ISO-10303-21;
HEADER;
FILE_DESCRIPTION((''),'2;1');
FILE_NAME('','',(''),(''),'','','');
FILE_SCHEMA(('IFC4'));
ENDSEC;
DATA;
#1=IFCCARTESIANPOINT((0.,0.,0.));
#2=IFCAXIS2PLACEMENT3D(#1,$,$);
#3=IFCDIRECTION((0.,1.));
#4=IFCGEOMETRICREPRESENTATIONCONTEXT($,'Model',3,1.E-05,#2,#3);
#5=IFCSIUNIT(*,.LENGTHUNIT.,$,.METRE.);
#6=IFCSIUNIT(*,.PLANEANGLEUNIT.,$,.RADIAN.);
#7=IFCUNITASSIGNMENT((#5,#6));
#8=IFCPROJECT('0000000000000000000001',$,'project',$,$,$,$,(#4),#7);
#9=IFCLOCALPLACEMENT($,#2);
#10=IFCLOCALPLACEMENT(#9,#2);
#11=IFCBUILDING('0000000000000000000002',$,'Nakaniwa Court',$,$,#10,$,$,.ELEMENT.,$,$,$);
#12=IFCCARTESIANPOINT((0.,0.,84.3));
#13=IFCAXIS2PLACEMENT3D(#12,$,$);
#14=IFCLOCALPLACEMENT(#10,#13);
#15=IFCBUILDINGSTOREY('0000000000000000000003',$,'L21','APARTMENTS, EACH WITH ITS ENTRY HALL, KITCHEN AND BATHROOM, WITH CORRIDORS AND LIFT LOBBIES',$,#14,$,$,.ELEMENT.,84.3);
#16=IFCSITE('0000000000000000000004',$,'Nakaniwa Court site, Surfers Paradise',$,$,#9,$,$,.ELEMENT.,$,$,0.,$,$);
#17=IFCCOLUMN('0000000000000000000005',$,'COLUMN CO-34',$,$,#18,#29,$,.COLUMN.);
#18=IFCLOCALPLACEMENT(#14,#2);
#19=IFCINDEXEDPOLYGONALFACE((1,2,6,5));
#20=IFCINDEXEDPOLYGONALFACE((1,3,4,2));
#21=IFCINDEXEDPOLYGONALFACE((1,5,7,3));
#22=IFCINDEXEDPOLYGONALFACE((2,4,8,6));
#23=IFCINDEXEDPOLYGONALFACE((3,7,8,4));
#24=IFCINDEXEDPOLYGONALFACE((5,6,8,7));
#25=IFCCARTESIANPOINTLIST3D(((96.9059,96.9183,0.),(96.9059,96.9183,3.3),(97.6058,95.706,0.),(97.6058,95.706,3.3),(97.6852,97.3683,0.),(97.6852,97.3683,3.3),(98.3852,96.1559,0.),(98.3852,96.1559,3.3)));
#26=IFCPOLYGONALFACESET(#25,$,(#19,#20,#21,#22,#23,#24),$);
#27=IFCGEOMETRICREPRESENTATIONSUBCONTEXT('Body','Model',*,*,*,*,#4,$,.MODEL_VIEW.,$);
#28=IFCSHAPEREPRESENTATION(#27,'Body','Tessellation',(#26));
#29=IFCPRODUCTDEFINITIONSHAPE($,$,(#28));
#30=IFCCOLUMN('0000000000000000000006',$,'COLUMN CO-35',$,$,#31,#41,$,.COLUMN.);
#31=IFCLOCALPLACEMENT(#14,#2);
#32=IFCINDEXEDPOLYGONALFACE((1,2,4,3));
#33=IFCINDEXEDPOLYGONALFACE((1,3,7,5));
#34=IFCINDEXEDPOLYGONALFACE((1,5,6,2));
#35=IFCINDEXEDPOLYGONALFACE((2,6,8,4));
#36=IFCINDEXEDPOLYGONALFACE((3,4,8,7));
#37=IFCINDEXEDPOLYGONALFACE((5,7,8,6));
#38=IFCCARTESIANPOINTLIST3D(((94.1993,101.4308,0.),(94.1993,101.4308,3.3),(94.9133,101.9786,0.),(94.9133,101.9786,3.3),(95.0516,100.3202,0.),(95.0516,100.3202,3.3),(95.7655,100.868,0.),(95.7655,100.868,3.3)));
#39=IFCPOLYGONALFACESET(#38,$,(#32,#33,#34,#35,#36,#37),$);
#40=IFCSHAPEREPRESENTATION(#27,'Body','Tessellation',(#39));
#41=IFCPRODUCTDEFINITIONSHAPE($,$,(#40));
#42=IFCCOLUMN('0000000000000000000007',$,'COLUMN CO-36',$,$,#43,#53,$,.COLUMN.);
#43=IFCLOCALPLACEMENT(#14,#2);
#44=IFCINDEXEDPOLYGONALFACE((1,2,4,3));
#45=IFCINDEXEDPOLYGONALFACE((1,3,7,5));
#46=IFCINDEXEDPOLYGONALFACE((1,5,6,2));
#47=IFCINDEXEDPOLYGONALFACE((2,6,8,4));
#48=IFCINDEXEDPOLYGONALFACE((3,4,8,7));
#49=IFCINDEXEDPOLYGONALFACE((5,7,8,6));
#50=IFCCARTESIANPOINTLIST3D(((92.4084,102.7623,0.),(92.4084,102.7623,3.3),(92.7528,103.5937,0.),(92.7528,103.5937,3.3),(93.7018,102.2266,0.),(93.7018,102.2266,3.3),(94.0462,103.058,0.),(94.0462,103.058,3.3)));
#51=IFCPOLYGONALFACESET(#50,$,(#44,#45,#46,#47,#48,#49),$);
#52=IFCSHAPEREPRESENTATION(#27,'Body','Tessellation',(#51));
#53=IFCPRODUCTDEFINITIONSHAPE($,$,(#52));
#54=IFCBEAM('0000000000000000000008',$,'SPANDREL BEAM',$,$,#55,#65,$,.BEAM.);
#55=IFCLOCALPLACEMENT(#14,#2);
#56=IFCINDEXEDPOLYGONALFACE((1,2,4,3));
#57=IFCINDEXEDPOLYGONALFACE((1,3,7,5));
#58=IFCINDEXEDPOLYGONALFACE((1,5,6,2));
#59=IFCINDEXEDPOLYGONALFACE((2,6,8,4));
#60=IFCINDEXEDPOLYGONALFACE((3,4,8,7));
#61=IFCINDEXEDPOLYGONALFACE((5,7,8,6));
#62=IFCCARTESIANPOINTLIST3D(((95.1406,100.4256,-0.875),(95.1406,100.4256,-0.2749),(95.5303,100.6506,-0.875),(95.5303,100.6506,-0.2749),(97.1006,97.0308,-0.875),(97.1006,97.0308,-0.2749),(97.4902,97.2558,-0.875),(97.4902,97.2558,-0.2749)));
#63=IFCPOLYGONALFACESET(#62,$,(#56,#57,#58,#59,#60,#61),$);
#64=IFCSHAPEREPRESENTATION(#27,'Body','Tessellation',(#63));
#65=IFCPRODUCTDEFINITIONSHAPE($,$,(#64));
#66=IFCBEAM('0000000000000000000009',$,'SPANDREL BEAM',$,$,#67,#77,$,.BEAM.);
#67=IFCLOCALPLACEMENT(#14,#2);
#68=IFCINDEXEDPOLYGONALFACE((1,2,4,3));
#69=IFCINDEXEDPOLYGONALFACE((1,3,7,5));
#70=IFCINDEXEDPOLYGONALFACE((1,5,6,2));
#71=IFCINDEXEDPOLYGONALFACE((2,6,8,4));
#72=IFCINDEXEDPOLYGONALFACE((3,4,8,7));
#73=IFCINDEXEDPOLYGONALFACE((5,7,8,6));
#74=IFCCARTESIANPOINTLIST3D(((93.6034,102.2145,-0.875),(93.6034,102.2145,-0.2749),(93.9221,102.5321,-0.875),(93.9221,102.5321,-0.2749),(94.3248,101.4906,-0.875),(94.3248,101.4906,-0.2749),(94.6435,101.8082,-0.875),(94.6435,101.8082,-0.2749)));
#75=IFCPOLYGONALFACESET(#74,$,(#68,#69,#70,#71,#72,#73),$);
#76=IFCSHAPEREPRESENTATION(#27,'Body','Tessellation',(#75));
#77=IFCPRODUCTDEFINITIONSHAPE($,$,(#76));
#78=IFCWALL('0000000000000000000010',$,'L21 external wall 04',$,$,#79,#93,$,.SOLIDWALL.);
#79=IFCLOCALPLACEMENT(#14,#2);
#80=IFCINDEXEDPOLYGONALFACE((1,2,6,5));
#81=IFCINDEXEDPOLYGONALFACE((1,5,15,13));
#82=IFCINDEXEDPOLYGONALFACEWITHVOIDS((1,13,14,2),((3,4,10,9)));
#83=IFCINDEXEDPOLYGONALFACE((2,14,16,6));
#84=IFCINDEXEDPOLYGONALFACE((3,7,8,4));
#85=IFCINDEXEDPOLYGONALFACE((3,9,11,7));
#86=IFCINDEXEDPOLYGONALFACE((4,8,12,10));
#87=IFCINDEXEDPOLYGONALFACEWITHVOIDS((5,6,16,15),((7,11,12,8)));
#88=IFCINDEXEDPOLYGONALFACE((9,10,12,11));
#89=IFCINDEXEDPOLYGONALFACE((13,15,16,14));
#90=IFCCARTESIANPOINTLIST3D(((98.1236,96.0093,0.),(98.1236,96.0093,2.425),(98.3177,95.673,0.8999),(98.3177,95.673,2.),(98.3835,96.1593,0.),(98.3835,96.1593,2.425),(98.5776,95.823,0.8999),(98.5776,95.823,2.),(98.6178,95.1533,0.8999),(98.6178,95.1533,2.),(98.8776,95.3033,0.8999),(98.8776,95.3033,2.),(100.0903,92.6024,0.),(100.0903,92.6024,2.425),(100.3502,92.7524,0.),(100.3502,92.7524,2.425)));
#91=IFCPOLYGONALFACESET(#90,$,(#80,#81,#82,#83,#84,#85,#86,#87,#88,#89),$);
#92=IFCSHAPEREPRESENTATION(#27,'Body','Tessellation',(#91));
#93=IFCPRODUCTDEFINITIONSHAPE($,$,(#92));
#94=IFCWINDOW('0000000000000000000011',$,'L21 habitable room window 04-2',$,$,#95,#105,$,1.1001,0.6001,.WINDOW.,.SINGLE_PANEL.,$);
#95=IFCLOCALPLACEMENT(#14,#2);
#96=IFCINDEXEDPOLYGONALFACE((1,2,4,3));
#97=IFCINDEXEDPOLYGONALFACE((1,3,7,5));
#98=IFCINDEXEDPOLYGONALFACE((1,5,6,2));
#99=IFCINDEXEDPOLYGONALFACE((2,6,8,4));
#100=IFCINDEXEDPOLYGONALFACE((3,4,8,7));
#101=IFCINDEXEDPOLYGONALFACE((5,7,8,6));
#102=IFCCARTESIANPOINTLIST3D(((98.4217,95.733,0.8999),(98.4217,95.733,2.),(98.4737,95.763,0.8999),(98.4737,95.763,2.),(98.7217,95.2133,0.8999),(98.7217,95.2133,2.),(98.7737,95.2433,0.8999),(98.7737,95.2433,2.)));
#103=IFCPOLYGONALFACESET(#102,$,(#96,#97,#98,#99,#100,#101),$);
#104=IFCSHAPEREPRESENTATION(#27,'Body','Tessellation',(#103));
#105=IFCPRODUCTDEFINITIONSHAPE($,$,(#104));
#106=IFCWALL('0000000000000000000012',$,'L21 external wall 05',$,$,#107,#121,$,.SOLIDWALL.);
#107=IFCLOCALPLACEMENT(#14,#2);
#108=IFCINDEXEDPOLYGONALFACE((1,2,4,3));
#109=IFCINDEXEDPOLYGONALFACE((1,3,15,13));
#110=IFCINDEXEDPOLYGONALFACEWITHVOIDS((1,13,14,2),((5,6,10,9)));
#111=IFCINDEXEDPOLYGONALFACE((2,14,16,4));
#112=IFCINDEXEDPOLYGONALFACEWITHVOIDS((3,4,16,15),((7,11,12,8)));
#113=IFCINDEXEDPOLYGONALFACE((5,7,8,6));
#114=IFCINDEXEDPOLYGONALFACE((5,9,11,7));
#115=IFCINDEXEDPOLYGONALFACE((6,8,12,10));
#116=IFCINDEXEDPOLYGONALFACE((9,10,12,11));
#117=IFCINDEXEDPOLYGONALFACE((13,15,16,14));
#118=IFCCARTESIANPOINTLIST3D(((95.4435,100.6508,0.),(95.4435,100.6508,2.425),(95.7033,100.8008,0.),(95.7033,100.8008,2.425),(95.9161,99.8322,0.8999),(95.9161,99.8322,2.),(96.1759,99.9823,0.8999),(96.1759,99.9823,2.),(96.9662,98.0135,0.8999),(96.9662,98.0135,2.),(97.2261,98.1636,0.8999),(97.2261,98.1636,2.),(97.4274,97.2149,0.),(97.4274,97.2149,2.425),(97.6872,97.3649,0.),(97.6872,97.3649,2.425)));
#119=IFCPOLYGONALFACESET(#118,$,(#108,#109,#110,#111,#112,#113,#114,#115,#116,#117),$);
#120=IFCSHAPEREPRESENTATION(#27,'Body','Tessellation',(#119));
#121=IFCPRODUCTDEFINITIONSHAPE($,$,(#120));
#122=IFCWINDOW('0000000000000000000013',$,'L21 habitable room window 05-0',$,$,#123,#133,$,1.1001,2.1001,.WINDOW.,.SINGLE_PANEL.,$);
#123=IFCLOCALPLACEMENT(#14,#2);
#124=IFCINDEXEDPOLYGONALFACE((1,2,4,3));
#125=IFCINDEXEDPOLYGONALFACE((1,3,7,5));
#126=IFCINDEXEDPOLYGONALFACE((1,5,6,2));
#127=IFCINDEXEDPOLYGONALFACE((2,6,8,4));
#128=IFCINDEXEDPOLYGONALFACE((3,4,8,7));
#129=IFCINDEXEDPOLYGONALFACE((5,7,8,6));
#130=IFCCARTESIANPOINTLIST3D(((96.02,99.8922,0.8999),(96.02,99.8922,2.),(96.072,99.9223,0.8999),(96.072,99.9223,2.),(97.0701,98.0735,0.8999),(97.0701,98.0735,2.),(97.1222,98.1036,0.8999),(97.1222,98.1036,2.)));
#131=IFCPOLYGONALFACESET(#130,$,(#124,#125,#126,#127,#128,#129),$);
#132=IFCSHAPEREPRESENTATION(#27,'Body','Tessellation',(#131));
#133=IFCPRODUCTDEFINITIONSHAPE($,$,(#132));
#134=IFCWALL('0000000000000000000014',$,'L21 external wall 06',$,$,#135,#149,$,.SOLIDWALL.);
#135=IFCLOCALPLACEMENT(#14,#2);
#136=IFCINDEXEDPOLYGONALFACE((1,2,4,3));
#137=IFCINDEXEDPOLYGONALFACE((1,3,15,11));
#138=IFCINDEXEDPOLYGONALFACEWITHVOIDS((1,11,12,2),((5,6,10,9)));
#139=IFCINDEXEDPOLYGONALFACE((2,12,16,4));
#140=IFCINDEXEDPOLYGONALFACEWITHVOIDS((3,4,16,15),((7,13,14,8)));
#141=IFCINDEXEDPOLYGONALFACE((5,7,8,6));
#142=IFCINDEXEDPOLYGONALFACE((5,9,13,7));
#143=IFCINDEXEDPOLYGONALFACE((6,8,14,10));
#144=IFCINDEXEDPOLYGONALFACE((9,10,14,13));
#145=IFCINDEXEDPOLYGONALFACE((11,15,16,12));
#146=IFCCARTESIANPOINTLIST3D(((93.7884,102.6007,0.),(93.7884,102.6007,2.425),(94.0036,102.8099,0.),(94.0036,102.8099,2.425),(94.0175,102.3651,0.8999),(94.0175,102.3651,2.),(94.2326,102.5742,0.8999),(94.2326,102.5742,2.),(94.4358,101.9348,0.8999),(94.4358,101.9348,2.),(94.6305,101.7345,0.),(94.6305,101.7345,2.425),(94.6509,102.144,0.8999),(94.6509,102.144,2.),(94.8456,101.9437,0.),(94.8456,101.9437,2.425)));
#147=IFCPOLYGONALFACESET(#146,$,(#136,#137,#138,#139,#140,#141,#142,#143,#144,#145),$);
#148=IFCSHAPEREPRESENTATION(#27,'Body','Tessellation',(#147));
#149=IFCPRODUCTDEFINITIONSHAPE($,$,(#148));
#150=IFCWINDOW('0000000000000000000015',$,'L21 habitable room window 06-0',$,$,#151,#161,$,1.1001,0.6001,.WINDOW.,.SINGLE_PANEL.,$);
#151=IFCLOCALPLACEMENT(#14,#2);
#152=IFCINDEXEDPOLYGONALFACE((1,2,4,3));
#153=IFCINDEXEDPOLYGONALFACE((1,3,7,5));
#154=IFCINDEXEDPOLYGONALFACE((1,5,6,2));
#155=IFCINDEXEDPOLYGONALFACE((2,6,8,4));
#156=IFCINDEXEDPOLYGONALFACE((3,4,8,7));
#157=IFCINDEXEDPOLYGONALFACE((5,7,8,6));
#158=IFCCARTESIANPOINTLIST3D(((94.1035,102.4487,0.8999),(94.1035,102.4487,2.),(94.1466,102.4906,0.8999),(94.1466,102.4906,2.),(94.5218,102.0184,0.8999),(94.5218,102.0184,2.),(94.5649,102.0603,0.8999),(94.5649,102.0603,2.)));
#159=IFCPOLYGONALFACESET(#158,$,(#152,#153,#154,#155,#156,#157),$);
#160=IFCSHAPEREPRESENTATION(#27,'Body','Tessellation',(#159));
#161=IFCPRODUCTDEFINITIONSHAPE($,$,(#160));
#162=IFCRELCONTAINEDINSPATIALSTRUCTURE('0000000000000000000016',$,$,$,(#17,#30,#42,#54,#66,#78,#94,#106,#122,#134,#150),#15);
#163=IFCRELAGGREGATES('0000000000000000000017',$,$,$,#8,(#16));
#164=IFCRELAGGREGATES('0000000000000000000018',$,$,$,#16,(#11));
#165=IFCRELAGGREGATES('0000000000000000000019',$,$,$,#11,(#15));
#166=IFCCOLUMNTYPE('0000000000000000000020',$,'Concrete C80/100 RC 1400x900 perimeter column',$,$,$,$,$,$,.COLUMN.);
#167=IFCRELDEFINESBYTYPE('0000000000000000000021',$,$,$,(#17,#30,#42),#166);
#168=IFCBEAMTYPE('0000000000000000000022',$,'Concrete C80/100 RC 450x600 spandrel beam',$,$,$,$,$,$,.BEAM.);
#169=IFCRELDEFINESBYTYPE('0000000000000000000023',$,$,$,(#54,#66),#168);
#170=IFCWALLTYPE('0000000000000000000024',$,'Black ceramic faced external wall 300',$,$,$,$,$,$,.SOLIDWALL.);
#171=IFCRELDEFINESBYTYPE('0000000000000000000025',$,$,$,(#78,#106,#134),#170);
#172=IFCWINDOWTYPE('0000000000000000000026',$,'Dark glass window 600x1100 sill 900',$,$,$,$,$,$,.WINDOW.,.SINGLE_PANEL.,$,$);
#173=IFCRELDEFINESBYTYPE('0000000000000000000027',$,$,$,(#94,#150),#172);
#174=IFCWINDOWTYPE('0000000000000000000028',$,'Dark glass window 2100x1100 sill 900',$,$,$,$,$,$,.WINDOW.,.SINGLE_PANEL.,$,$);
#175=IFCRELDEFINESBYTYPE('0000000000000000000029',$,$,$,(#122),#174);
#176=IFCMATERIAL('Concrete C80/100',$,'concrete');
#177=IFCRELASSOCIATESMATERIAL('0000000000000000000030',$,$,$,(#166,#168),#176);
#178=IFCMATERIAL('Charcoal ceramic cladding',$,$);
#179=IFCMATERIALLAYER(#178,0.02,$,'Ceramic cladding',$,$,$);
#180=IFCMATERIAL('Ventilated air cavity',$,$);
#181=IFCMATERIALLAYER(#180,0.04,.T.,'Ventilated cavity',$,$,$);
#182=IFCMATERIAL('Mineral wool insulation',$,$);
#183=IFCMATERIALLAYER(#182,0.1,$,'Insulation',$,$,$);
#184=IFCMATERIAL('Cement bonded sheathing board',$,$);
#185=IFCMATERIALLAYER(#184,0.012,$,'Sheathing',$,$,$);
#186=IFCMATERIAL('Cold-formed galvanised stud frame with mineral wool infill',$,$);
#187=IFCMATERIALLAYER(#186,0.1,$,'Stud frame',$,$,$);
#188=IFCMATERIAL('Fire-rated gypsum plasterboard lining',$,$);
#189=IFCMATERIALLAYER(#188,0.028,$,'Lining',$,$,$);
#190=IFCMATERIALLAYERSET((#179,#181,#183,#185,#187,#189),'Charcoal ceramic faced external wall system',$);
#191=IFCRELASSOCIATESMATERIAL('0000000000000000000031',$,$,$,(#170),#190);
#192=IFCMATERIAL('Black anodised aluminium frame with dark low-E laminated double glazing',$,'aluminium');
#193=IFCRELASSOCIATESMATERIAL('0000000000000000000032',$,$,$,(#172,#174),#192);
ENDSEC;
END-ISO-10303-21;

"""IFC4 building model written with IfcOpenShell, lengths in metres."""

from ifc_helpers import new_model, si_unit, direction, frame, frame_2d, origin, origin_2d, place, context, subcontext, project, spatial, rectangle, extrude, material, layer, layer_set, material_profile, profile_set, type_object, element, fill, save


model = new_model("IFC4")

# Units and contexts
model_context = context("Model", 3, precision=1e-05, world=origin(), true_north=direction((0.0, 1.0)))
body_context = subcontext(model_context, "Body", "Model", "MODEL_VIEW")
ifc_project = project(units=[si_unit("LENGTHUNIT", "METRE"), si_unit("PLANEANGLEUNIT", "RADIAN")], contexts=[model_context])

# Site, building, storey
site_placement = place(None, origin())
site = spatial("IfcSite", under=ifc_project, at=site_placement, Name="Nakaniwa Court site, Surfers Paradise", CompositionType="ELEMENT", RefElevation=0.0)
building_placement = place(site_placement, origin())
building = spatial("IfcBuilding", under=site, at=building_placement, Name="Nakaniwa Court", CompositionType="ELEMENT")
storey_placement = place(building_placement, frame((0.0, 0.0, 84.3)))
storey = spatial("IfcBuildingStorey", under=building, at=storey_placement, Name="L21", Description="APARTMENTS, EACH WITH ITS ENTRY HALL, KITCHEN AND BATHROOM, WITH CORRIDORS AND LIFT LOBBIES", CompositionType="ELEMENT", Elevation=84.3)

# Columns
ifc_material_1 = material(Name="Concrete C80/100", Category="concrete")
ifc_material_profile_1 = material_profile(ifc_material_1, rectangle(XDim=1.3999, YDim=0.8999, at=origin_2d()), Name="Concrete C80/100 RC 1400x900 perimeter column")
ifc_profile_set_1 = profile_set([ifc_material_profile_1], Name="Concrete C80/100")
column_type = type_object("IfcColumnType", Name="Concrete C80/100 RC 1400x900 perimeter column", PredefinedType="COLUMN", material=ifc_profile_set_1)
for number, where, z_axis, x_axis, name in (
    (1, (97.6455, 96.5371, 0.0), (0.0, 0.0, 1.0), (-0.5, 0.866025, 0.0), "COLUMN CO-34"),
    (2, (94.9824, 101.1494, 0.0), (0.0, 0.0, 1.0), (-0.608761, 0.793353, 0.0), "COLUMN CO-35"),
    (3, (93.2273, 102.9102, 0.0), (0.0, 0.0, 1.0), (-0.92388, 0.382683, 0.0), "COLUMN CO-36"),
):
    element("IfcColumn", number, at=place(storey_placement, frame(where, z_axis=z_axis, x_axis=x_axis)), inside=storey, type_object=column_type, Name=name, PredefinedType="COLUMN", context=body_context, shape_type="SweptSolid", body=[
        extrude(rectangle(XDim=1.3999, YDim=0.8999, at=origin_2d()), origin(), (0.0, 0.0, 1.0), 3.3),
    ])

# Beams
ifc_material_profile_2 = material_profile(ifc_material_1, rectangle(XDim=0.45, YDim=0.6001, at=origin_2d()), Name="Concrete C80/100 RC 450x600 spandrel beam")
ifc_profile_set_2 = profile_set([ifc_material_profile_2], Name="Concrete C80/100")
beam_type = type_object("IfcBeamType", Name="Concrete C80/100 RC 450x600 spandrel beam", PredefinedType="BEAM", material=ifc_profile_set_2)
beam_1_placement = place(storey_placement, frame((97.2954, 97.1433, -0.575), z_axis=(-0.499997, 0.866027, 0.0), x_axis=(-0.866027, -0.499997, 0.0)))
element("IfcBeam", 4, at=beam_1_placement, inside=storey, type_object=beam_type, Name="SPANDREL BEAM", PredefinedType="BEAM", context=body_context, shape_type="SweptSolid", body=[
    extrude(rectangle(XDim=0.45, YDim=0.6001, at=origin_2d()), origin(), (0.0, 0.0, 1.0), 3.9199),
])
beam_2_placement = place(storey_placement, frame((94.4841, 101.6494, -0.575), z_axis=(-0.705911, 0.7083, 0.0), x_axis=(-0.7083, -0.705911, 0.0)))
element("IfcBeam", 5, at=beam_2_placement, inside=storey, type_object=beam_type, Name="SPANDREL BEAM", PredefinedType="BEAM", context=body_context, shape_type="SweptSolid", body=[
    extrude(rectangle(XDim=0.45, YDim=0.6001, at=origin_2d()), origin(), (0.0, 0.0, 1.0), 1.022),
])

# Walls, openings, windows
ifc_material_2 = material(Name="Charcoal ceramic cladding")
ifc_layer_1 = layer(ifc_material_2, 0.02, Name="Ceramic cladding")
ifc_material_3 = material(Name="Ventilated air cavity")
ifc_layer_2 = layer(ifc_material_3, 0.04, ventilated=True, Name="Ventilated cavity")
ifc_material_4 = material(Name="Mineral wool insulation")
ifc_layer_3 = layer(ifc_material_4, 0.1, Name="Insulation")
ifc_material_5 = material(Name="Cement bonded sheathing board")
ifc_layer_4 = layer(ifc_material_5, 0.012, Name="Sheathing")
ifc_material_6 = material(Name="Cold-formed galvanised stud frame with mineral wool infill")
ifc_layer_5 = layer(ifc_material_6, 0.1, Name="Stud frame")
ifc_material_7 = material(Name="Fire-rated gypsum plasterboard lining")
ifc_layer_6 = layer(ifc_material_7, 0.028, Name="Lining")
ifc_layer_set_1 = layer_set([ifc_layer_1, ifc_layer_2, ifc_layer_3, ifc_layer_4, ifc_layer_5, ifc_layer_6], Name="Charcoal ceramic faced external wall system")
wall_type_1 = type_object("IfcWallType", Name="Black ceramic faced external wall 300", PredefinedType="SOLIDWALL", material=ifc_layer_set_1)
wall_1_placement = place(storey_placement, frame((100.2202, 92.6775, 0.0), z_axis=(0.0, 0.0, 1.0), x_axis=(-0.499957, 0.86605, 0.0)))
wall_1 = element("IfcWall", 6, at=wall_1_placement, inside=storey, type_object=wall_type_1, Name="L21 external wall 04", PredefinedType="SOLIDWALL", context=body_context, shape_type="SweptSolid", body=[
    extrude(rectangle(XDim=3.9338, YDim=0.3, at=frame_2d((1.9668, 0.0))), origin(), (0.0, 0.0, 1.0), 2.425),
])
opening_1_placement = place(wall_1_placement, frame((2.9453, 0.0, 0.8999)))
opening_1 = element("IfcOpeningElement", 7, at=opening_1_placement, cuts=wall_1, PredefinedType="OPENING", context=body_context, shape_type="SweptSolid", body=[
    extrude(rectangle(XDim=0.6001, YDim=1.1001, at=frame_2d((0.3, 0.55))), frame((0.0, 0.1599, 0.0), z_axis=(0.0, -1.0, 0.0), x_axis=(1.0, 0.0, 0.0)), (0.0, 0.0, 1.0), 0.3201),
])
ifc_material_8 = material(Name="Black anodised aluminium frame with dark low-E laminated double glazing", Category="aluminium")
window_type_1 = type_object("IfcWindowType", Name="Dark glass window 600x1100 sill 900", PartitioningType="SINGLE_PANEL", PredefinedType="WINDOW", material=ifc_material_8)
window_1_placement = place(opening_1_placement, origin())
window_1 = element("IfcWindow", 8, at=window_1_placement, inside=storey, type_object=window_type_1, Name="L21 habitable room window 04-2", OverallHeight=1.1001, OverallWidth=0.6001, PartitioningType="SINGLE_PANEL", PredefinedType="WINDOW", context=body_context, shape_type="SweptSolid", body=[
    extrude(rectangle(XDim=0.6001, YDim=1.1001, at=frame_2d((0.3, 0.55))), frame((0.0, 0.03, 0.0), z_axis=(0.0, -1.0, 0.0), x_axis=(1.0, 0.0, 0.0)), (0.0, 0.0, 1.0), 0.0601),
])
fill(opening_1, window_1)
wall_2_placement = place(storey_placement, frame((97.5574, 97.2898, 0.0), z_axis=(0.0, 0.0, 1.0), x_axis=(-0.500044, 0.866, 0.0)))
wall_2 = element("IfcWall", 9, at=wall_2_placement, inside=storey, type_object=wall_type_1, Name="L21 external wall 05", PredefinedType="SOLIDWALL", context=body_context, shape_type="SweptSolid", body=[
    extrude(rectangle(XDim=3.9675, YDim=0.3, at=frame_2d((1.9839, 0.0))), origin(), (0.0, 0.0, 1.0), 2.425),
])
opening_2_placement = place(wall_2_placement, frame((0.9224, 0.0, 0.8999)))
opening_2 = element("IfcOpeningElement", 10, at=opening_2_placement, cuts=wall_2, PredefinedType="OPENING", context=body_context, shape_type="SweptSolid", body=[
    extrude(rectangle(XDim=2.1001, YDim=1.1001, at=frame_2d((1.05, 0.55))), frame((0.0, 0.1599, 0.0), z_axis=(0.0, -1.0, 0.0), x_axis=(1.0, 0.0, 0.0)), (0.0, 0.0, 1.0), 0.3201),
])
window_type_2 = type_object("IfcWindowType", Name="Dark glass window 2100x1100 sill 900", PartitioningType="SINGLE_PANEL", PredefinedType="WINDOW", material=ifc_material_8)
window_2_placement = place(opening_2_placement, origin())
window_2 = element("IfcWindow", 11, at=window_2_placement, inside=storey, type_object=window_type_2, Name="L21 habitable room window 05-0", OverallHeight=1.1001, OverallWidth=2.1001, PartitioningType="SINGLE_PANEL", PredefinedType="WINDOW", context=body_context, shape_type="SweptSolid", body=[
    extrude(rectangle(XDim=2.1001, YDim=1.1001, at=frame_2d((1.05, 0.55))), frame((0.0, 0.03, 0.0), z_axis=(0.0, -1.0, 0.0), x_axis=(1.0, 0.0, 0.0)), (0.0, 0.0, 1.0), 0.0601),
])
fill(opening_2, window_2)
wall_3_placement = place(storey_placement, frame((94.738, 101.8391, 0.0), z_axis=(0.0, 0.0, 1.0), x_axis=(-0.697032, 0.71704, 0.0)))
wall_3 = element("IfcWall", 12, at=wall_3_placement, inside=storey, type_object=wall_type_1, Name="L21 external wall 06", PredefinedType="SOLIDWALL", context=body_context, shape_type="SweptSolid", body=[
    extrude(rectangle(XDim=1.208, YDim=0.3, at=frame_2d((0.604, 0.0))), origin(), (0.0, 0.0, 1.0), 2.425),
])
opening_3_placement = place(wall_3_placement, frame((0.2793, 0.0, 0.8999)))
opening_3 = element("IfcOpeningElement", 13, at=opening_3_placement, cuts=wall_3, PredefinedType="OPENING", context=body_context, shape_type="SweptSolid", body=[
    extrude(rectangle(XDim=0.6001, YDim=1.1001, at=frame_2d((0.3, 0.55))), frame((0.0, 0.1599, 0.0), z_axis=(0.0, -1.0, 0.0), x_axis=(1.0, 0.0, 0.0)), (0.0, 0.0, 1.0), 0.3201),
])
window_3_placement = place(opening_3_placement, origin())
window_3 = element("IfcWindow", 14, at=window_3_placement, inside=storey, type_object=window_type_1, Name="L21 habitable room window 06-0", OverallHeight=1.1001, OverallWidth=0.6001, PartitioningType="SINGLE_PANEL", PredefinedType="WINDOW", context=body_context, shape_type="SweptSolid", body=[
    extrude(rectangle(XDim=0.6001, YDim=1.1001, at=frame_2d((0.3, 0.55))), frame((0.0, 0.03, 0.0), z_axis=(0.0, -1.0, 0.0), x_axis=(1.0, 0.0, 0.0)), (0.0, 0.0, 1.0), 0.0601),
])
fill(opening_3, window_3)

save(model, "model.ifc")
